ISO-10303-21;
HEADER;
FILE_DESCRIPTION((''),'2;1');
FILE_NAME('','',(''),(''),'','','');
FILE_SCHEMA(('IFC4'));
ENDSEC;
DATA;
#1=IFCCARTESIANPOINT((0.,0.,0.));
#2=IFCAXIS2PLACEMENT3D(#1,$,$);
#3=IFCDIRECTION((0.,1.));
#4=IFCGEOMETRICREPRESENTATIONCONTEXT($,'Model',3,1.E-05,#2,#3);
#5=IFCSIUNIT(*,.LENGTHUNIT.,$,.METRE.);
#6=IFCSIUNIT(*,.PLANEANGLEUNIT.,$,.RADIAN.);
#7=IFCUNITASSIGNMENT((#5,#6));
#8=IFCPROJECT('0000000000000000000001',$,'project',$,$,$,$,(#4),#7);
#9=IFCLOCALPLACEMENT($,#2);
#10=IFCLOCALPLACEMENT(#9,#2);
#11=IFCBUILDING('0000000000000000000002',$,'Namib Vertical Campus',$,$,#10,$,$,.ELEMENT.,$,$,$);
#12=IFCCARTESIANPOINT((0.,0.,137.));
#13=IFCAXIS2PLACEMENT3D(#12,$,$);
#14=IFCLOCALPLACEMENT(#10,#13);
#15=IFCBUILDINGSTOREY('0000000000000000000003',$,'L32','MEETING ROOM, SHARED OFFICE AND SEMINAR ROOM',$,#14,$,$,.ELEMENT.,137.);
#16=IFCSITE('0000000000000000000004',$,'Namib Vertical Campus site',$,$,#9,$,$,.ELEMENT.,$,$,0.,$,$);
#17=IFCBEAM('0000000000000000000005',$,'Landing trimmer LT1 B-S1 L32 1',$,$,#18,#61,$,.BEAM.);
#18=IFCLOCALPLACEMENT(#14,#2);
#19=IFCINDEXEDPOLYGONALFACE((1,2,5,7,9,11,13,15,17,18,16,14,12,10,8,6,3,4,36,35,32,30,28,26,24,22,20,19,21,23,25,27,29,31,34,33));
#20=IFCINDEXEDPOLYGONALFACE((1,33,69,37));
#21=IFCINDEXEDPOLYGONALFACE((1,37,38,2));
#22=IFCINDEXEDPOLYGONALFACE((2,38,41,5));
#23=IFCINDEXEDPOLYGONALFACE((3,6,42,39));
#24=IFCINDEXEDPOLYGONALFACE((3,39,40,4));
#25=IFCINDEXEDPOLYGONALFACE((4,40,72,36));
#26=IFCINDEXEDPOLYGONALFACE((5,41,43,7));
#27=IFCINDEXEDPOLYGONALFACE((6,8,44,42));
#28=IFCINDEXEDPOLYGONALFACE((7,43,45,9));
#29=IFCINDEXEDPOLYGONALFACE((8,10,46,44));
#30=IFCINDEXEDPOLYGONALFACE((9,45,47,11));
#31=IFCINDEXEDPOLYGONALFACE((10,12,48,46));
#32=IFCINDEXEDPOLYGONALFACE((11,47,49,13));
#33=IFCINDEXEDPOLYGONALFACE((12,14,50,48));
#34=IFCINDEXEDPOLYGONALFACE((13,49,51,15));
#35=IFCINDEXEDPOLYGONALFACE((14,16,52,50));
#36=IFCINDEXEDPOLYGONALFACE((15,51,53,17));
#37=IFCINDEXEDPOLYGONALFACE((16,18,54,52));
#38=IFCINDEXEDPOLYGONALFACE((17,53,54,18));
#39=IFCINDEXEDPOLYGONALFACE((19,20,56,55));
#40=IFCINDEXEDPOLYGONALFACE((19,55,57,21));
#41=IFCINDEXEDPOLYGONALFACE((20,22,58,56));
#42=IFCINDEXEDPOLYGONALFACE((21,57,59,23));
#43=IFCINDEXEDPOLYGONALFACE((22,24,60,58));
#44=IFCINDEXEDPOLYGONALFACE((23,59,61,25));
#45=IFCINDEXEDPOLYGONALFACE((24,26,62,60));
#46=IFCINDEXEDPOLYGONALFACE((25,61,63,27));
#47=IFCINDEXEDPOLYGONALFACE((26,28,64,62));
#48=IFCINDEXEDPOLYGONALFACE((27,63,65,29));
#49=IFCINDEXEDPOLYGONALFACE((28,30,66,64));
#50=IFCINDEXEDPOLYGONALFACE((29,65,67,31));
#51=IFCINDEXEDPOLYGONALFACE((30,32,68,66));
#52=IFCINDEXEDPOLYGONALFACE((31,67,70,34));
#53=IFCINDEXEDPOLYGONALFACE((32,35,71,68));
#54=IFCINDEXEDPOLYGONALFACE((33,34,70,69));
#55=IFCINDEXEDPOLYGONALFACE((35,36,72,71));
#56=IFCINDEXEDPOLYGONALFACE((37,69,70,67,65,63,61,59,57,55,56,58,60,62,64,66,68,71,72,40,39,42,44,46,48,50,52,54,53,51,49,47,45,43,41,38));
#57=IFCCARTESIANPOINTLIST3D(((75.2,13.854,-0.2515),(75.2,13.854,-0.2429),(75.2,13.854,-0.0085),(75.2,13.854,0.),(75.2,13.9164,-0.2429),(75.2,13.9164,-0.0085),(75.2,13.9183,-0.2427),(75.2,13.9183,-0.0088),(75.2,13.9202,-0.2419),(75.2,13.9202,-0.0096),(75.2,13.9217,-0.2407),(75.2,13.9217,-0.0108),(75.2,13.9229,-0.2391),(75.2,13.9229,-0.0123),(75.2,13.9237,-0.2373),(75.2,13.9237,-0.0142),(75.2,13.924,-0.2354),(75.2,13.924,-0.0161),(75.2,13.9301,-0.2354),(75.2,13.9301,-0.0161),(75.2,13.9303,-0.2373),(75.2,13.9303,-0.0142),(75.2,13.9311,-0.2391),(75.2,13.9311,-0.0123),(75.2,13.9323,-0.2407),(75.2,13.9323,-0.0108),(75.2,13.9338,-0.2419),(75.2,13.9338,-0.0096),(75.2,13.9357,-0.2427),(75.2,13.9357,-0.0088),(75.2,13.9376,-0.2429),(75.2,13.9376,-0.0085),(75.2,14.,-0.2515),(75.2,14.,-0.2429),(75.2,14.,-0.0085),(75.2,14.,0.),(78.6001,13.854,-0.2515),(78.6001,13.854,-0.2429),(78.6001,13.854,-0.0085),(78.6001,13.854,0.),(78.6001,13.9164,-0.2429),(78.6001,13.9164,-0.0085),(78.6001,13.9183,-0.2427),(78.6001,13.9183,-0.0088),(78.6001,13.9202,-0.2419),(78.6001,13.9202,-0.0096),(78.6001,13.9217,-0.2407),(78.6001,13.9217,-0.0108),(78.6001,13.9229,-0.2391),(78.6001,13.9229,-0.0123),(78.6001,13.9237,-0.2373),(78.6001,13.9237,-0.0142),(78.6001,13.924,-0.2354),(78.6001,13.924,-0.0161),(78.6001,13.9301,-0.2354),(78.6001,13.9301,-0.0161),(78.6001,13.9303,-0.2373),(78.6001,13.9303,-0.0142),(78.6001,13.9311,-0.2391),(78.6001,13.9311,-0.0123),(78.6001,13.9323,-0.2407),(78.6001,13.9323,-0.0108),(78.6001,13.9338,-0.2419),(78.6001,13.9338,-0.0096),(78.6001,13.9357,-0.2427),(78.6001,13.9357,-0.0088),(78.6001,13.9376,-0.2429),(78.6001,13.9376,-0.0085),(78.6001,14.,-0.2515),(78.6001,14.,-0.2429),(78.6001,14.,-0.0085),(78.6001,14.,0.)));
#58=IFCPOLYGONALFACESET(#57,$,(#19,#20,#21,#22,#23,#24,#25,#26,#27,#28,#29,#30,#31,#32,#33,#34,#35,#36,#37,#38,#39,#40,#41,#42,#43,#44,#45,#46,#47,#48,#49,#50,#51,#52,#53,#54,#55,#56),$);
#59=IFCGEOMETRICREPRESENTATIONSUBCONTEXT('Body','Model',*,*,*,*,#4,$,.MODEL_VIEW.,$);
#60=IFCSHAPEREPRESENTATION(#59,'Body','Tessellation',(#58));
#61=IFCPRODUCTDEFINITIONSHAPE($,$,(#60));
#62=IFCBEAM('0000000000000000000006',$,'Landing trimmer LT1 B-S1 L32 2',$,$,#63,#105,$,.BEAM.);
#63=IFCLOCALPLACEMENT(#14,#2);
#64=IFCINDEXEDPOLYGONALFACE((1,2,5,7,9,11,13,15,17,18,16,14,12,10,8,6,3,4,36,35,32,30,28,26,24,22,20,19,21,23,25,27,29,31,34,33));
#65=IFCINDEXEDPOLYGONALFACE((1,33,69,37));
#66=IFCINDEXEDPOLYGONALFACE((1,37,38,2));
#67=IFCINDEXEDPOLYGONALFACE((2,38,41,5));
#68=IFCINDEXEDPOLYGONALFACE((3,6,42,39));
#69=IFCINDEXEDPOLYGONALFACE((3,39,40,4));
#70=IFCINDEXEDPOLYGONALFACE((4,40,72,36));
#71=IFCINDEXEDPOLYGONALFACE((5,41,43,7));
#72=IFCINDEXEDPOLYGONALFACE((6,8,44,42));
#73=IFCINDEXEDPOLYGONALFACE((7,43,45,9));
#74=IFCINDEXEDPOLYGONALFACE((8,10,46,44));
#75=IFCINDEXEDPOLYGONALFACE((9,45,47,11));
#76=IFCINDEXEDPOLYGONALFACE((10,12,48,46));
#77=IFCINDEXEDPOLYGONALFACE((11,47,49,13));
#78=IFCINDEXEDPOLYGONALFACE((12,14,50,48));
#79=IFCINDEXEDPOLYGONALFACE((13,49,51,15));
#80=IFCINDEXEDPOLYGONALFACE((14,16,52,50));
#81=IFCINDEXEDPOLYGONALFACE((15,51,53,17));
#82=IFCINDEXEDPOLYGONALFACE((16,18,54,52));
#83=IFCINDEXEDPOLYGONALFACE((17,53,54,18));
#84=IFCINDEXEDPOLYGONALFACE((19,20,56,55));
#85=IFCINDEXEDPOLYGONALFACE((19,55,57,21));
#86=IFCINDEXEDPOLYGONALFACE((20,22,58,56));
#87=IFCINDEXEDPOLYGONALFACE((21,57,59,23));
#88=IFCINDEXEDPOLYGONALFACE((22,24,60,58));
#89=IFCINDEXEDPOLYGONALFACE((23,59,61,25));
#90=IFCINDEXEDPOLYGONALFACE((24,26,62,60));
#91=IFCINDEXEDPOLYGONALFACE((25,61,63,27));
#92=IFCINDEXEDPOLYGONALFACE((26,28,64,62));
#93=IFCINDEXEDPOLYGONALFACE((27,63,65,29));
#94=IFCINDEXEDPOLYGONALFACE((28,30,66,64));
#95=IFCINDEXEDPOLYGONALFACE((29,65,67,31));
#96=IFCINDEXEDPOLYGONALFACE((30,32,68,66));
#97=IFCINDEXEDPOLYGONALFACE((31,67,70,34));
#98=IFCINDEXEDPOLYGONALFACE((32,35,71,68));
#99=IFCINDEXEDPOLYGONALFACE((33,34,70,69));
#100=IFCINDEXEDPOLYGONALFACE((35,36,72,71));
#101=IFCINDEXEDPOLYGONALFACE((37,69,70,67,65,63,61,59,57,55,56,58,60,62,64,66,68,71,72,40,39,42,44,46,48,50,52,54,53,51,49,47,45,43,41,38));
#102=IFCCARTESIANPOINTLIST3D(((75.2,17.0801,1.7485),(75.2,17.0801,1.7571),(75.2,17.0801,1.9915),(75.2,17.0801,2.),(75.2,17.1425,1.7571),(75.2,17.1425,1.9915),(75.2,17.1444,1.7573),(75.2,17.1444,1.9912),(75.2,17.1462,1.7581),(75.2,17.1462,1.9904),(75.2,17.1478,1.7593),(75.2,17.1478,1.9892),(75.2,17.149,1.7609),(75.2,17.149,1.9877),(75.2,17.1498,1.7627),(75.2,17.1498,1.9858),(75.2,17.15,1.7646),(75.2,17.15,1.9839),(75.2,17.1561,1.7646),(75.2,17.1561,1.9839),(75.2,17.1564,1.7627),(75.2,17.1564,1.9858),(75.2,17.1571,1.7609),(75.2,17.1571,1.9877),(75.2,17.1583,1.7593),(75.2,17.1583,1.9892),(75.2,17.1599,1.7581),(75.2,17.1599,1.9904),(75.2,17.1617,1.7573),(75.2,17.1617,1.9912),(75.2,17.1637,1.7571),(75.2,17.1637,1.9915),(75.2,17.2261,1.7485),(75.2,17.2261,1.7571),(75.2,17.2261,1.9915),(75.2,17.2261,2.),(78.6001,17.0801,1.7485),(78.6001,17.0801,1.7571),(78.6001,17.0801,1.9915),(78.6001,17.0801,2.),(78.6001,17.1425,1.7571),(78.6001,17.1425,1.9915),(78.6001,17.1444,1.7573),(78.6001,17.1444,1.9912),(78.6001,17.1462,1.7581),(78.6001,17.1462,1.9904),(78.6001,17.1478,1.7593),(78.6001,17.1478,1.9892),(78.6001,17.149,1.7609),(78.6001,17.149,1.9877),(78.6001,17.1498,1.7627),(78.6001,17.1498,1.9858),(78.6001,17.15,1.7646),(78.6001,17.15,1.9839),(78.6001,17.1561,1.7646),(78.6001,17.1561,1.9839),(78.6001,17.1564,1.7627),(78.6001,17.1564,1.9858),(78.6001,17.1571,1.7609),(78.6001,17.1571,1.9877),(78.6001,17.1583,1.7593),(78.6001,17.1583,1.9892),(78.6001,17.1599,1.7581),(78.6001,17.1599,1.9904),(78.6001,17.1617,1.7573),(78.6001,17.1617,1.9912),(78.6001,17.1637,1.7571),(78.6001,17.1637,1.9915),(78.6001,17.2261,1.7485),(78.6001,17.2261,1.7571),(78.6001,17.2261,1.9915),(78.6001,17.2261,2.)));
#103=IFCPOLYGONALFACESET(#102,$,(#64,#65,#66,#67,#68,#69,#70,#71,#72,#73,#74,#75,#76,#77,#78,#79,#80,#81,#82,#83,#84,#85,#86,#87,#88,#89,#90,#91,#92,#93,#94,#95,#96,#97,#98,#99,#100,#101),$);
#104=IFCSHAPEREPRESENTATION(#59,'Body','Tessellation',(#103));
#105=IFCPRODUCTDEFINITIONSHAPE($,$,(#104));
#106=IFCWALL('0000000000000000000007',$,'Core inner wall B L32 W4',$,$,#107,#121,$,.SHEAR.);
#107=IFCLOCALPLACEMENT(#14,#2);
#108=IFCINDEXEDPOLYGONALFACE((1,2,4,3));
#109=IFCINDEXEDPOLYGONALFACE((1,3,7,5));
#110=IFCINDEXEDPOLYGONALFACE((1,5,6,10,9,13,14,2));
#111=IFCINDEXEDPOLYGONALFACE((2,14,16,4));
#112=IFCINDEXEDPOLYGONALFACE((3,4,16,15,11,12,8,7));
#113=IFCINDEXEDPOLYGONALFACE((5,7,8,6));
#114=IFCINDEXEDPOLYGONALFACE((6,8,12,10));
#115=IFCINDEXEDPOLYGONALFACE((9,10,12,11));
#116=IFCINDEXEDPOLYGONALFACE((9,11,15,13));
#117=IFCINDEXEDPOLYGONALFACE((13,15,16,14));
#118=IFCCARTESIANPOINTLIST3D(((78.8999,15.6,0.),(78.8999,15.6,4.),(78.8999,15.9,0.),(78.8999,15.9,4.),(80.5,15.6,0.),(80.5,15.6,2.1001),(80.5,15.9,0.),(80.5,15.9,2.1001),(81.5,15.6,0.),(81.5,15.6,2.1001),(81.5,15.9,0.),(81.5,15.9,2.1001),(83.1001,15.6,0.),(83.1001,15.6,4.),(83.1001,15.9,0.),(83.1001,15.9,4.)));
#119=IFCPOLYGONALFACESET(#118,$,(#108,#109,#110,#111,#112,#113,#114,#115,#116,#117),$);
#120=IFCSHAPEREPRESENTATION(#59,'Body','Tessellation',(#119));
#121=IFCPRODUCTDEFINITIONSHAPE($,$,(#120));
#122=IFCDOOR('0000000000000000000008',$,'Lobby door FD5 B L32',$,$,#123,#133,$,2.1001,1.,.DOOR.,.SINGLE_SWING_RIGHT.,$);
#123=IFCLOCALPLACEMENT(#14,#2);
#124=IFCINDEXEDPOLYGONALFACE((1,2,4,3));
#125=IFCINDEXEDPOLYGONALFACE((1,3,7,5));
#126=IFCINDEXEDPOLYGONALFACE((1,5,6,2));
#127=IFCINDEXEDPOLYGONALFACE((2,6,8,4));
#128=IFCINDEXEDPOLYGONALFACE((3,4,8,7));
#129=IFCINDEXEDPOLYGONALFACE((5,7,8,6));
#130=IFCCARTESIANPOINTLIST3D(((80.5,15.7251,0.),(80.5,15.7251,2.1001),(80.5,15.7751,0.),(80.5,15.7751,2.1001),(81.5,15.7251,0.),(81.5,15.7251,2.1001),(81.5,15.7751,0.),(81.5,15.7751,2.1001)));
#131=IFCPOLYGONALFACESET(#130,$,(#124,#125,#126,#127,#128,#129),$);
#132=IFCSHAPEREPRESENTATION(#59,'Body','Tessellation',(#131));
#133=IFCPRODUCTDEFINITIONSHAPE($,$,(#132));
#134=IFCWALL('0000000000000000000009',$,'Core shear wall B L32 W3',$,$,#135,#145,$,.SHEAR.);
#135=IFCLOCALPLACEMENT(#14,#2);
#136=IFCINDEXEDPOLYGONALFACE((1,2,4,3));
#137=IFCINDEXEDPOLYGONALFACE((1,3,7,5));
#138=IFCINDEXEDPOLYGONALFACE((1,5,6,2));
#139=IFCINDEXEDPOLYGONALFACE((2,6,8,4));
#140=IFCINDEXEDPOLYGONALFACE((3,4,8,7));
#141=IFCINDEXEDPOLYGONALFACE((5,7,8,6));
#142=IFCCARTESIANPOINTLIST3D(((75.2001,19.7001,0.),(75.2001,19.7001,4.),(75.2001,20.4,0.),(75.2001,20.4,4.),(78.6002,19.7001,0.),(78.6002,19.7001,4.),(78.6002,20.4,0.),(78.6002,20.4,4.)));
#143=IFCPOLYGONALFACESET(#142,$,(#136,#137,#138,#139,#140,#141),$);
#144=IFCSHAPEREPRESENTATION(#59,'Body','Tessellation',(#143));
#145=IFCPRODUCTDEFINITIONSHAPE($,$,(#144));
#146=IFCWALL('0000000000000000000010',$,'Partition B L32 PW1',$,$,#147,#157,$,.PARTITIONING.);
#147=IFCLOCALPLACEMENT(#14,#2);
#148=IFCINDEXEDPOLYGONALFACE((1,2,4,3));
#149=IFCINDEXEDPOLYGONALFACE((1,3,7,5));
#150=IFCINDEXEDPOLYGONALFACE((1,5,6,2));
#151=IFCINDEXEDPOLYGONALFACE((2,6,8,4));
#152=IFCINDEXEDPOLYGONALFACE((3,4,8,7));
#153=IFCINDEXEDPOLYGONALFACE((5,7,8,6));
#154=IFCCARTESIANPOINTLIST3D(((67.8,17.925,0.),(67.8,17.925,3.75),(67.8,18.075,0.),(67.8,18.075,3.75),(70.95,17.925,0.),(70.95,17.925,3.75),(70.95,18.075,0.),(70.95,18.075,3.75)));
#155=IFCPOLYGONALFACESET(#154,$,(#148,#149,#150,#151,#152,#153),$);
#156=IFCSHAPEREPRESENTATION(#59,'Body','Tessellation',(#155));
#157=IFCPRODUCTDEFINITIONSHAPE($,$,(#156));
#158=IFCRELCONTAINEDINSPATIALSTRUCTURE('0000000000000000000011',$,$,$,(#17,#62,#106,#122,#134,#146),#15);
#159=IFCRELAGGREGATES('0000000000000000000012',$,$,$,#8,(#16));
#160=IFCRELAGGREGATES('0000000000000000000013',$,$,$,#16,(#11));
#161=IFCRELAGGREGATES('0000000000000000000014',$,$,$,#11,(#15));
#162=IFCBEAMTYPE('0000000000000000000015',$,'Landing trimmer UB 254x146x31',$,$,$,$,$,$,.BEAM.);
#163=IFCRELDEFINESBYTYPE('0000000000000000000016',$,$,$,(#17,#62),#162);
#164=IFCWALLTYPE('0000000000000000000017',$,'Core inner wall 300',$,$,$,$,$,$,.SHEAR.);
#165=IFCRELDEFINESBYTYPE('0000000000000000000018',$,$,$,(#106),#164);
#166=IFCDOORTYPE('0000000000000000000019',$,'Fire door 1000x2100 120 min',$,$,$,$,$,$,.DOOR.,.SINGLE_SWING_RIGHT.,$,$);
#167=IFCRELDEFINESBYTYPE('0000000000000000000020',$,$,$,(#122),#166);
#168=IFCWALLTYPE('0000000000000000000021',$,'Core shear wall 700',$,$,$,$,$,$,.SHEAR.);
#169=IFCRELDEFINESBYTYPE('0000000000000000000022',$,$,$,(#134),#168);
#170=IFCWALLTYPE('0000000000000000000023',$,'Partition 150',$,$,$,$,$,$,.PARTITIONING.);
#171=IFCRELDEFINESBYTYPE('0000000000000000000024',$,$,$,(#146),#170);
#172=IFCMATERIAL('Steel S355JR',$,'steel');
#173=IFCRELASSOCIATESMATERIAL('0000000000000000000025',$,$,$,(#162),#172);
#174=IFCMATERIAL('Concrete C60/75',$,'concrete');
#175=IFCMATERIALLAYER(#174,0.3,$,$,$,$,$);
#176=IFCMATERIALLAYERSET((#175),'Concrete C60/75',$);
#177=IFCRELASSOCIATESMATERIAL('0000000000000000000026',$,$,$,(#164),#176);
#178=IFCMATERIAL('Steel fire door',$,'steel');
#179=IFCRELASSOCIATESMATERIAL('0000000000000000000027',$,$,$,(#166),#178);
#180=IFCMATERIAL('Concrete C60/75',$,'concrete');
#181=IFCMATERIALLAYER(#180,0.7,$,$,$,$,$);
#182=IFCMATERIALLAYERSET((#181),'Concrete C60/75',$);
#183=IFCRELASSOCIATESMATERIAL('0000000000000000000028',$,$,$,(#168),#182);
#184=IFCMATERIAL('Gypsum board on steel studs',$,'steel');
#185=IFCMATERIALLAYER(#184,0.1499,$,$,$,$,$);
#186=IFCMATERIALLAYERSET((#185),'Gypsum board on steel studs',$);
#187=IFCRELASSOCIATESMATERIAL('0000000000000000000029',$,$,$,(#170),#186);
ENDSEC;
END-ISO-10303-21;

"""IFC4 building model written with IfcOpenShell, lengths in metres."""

from ifc_helpers import new_model, si_unit, direction, frame, frame_2d, origin, origin_2d, place, context, subcontext, project, spatial, rectangle, i_section, extrude, material, layer, layer_set, material_profile, profile_set, type_object, element, fill, save


model = new_model("IFC4")

# Units and contexts
model_context = context("Model", 3, precision=1e-05, world=origin(), true_north=direction((0.0, 1.0)))
body_context = subcontext(model_context, "Body", "Model", "MODEL_VIEW")
ifc_project = project(units=[si_unit("LENGTHUNIT", "METRE"), si_unit("PLANEANGLEUNIT", "RADIAN")], contexts=[model_context])

# Site, building, storey
site_placement = place(None, origin())
site = spatial("IfcSite", under=ifc_project, at=site_placement, Name="Namib Vertical Campus site", CompositionType="ELEMENT", RefElevation=0.0)
building_placement = place(site_placement, origin())
building = spatial("IfcBuilding", under=site, at=building_placement, Name="Namib Vertical Campus", CompositionType="ELEMENT")
storey_placement = place(building_placement, frame((0.0, 0.0, 137.0)))
storey = spatial("IfcBuildingStorey", under=building, at=storey_placement, Name="L32", Description="MEETING ROOM, SHARED OFFICE AND SEMINAR ROOM", CompositionType="ELEMENT", Elevation=137.0)

# Beams
ifc_material_1 = material(Name="Steel S355JR", Category="steel")
ifc_material_profile = material_profile(ifc_material_1, i_section(OverallWidth=0.146, OverallDepth=0.2515, WebThickness=0.0061, FlangeThickness=0.0085, FilletRadius=0.0076, at=origin_2d()))
ifc_profile_set = profile_set([ifc_material_profile], Name="Steel S355JR")
beam_type = type_object("IfcBeamType", Name="Landing trimmer UB 254x146x31", PredefinedType="BEAM", material=ifc_profile_set)
for number, where, z_axis, x_axis, name in (
    (1, (75.2, 13.927, -0.1257), (1.0, 0.0, 0.0), (0.0, 1.0, 0.0), "Landing trimmer LT1 B-S1 L32 1"),
    (2, (75.2, 17.1531, 1.8743), (1.0, 0.0, 0.0), (0.0, 1.0, 0.0), "Landing trimmer LT1 B-S1 L32 2"),
):
    element("IfcBeam", number, at=place(storey_placement, frame(where, z_axis=z_axis, x_axis=x_axis)), inside=storey, type_object=beam_type, Name=name, PredefinedType="BEAM", context=body_context, shape_type="SweptSolid", body=[
        extrude(i_section(OverallWidth=0.146, OverallDepth=0.2515, WebThickness=0.0061, FlangeThickness=0.0085, FilletRadius=0.0076, at=origin_2d()), origin(), (0.0, 0.0, 1.0), 3.4001),
    ])

# Wall, opening, door
ifc_material_2 = material(Name="Concrete C60/75", Category="concrete")
ifc_layer_1 = layer(ifc_material_2, 0.3)
ifc_layer_set_1 = layer_set([ifc_layer_1], Name="Concrete C60/75")
wall_type_1 = type_object("IfcWallType", Name="Core inner wall 300", PredefinedType="SHEAR", material=ifc_layer_set_1)
wall_1_placement = place(storey_placement, frame((78.8999, 15.75, 0.0), z_axis=(0.0, 0.0, 1.0), x_axis=(1.0, 0.0, 0.0)))
wall_1 = element("IfcWall", 3, at=wall_1_placement, inside=storey, type_object=wall_type_1, Name="Core inner wall B L32 W4", PredefinedType="SHEAR", context=body_context, shape_type="SweptSolid", body=[
    extrude(rectangle(XDim=4.2002, YDim=0.3, at=frame_2d((2.1001, 0.0))), origin(), (0.0, 0.0, 1.0), 4.0),
])
opening_placement = place(wall_1_placement, frame((1.6001, 0.0, 0.0)))
opening = element("IfcOpeningElement", 4, at=opening_placement, cuts=wall_1, PredefinedType="OPENING", context=body_context, shape_type="SweptSolid", body=[
    extrude(rectangle(XDim=1.0, YDim=2.1001, at=frame_2d((0.5, 1.05))), frame((0.0, 0.1599, 0.0), z_axis=(0.0, -1.0, 0.0), x_axis=(1.0, 0.0, 0.0)), (0.0, 0.0, 1.0), 0.3201),
])
ifc_material_3 = material(Name="Steel fire door", Category="steel")
door_type = type_object("IfcDoorType", Name="Fire door 1000x2100 120 min", OperationType="SINGLE_SWING_RIGHT", PredefinedType="DOOR", material=ifc_material_3)
door_placement = place(opening_placement, frame((1.0, 0.0, 0.0), z_axis=(0.0, 0.0, 1.0), x_axis=(-1.0, 0.0, 0.0)))
door = element("IfcDoor", 5, at=door_placement, inside=storey, type_object=door_type, Name="Lobby door FD5 B L32", OperationType="SINGLE_SWING_RIGHT", OverallHeight=2.1001, OverallWidth=1.0, PredefinedType="DOOR", context=body_context, shape_type="SweptSolid", body=[
    extrude(rectangle(XDim=1.0, YDim=2.1001, at=frame_2d((0.5, 1.05))), frame((0.0, 0.0249, 0.0), z_axis=(0.0, -1.0, 0.0), x_axis=(1.0, 0.0, 0.0)), (0.0, 0.0, 1.0), 0.05),
])
fill(opening, door)

# Walls
ifc_material_4 = material(Name="Concrete C60/75", Category="concrete")
ifc_layer_2 = layer(ifc_material_4, 0.7)
ifc_layer_set_2 = layer_set([ifc_layer_2], Name="Concrete C60/75")
wall_type_2 = type_object("IfcWallType", Name="Core shear wall 700", PredefinedType="SHEAR", material=ifc_layer_set_2)
wall_2_placement = place(storey_placement, frame((75.2, 20.05, 0.0), z_axis=(0.0, 0.0, 1.0), x_axis=(1.0, 0.0, 0.0)))
element("IfcWall", 6, at=wall_2_placement, inside=storey, type_object=wall_type_2, Name="Core shear wall B L32 W3", PredefinedType="SHEAR", context=body_context, shape_type="SweptSolid", body=[
    extrude(rectangle(XDim=3.4001, YDim=0.7, at=frame_2d((1.7002, 0.0))), origin(), (0.0, 0.0, 1.0), 4.0),
])
ifc_material_5 = material(Name="Gypsum board on steel studs", Category="steel")
ifc_layer_3 = layer(ifc_material_5, 0.1499)
ifc_layer_set_3 = layer_set([ifc_layer_3], Name="Gypsum board on steel studs")
wall_type_3 = type_object("IfcWallType", Name="Partition 150", PredefinedType="PARTITIONING", material=ifc_layer_set_3)
wall_3_placement = place(storey_placement, frame((67.8, 18.0, 0.0), z_axis=(0.0, 0.0, 1.0), x_axis=(1.0, 0.0, 0.0)))
element("IfcWall", 7, at=wall_3_placement, inside=storey, type_object=wall_type_3, Name="Partition B L32 PW1", PredefinedType="PARTITIONING", context=body_context, shape_type="SweptSolid", body=[
    extrude(rectangle(XDim=3.1499, YDim=0.1499, at=frame_2d((1.575, 0.0))), origin(), (0.0, 0.0, 1.0), 3.75),
])

save(model, "model.ifc")
